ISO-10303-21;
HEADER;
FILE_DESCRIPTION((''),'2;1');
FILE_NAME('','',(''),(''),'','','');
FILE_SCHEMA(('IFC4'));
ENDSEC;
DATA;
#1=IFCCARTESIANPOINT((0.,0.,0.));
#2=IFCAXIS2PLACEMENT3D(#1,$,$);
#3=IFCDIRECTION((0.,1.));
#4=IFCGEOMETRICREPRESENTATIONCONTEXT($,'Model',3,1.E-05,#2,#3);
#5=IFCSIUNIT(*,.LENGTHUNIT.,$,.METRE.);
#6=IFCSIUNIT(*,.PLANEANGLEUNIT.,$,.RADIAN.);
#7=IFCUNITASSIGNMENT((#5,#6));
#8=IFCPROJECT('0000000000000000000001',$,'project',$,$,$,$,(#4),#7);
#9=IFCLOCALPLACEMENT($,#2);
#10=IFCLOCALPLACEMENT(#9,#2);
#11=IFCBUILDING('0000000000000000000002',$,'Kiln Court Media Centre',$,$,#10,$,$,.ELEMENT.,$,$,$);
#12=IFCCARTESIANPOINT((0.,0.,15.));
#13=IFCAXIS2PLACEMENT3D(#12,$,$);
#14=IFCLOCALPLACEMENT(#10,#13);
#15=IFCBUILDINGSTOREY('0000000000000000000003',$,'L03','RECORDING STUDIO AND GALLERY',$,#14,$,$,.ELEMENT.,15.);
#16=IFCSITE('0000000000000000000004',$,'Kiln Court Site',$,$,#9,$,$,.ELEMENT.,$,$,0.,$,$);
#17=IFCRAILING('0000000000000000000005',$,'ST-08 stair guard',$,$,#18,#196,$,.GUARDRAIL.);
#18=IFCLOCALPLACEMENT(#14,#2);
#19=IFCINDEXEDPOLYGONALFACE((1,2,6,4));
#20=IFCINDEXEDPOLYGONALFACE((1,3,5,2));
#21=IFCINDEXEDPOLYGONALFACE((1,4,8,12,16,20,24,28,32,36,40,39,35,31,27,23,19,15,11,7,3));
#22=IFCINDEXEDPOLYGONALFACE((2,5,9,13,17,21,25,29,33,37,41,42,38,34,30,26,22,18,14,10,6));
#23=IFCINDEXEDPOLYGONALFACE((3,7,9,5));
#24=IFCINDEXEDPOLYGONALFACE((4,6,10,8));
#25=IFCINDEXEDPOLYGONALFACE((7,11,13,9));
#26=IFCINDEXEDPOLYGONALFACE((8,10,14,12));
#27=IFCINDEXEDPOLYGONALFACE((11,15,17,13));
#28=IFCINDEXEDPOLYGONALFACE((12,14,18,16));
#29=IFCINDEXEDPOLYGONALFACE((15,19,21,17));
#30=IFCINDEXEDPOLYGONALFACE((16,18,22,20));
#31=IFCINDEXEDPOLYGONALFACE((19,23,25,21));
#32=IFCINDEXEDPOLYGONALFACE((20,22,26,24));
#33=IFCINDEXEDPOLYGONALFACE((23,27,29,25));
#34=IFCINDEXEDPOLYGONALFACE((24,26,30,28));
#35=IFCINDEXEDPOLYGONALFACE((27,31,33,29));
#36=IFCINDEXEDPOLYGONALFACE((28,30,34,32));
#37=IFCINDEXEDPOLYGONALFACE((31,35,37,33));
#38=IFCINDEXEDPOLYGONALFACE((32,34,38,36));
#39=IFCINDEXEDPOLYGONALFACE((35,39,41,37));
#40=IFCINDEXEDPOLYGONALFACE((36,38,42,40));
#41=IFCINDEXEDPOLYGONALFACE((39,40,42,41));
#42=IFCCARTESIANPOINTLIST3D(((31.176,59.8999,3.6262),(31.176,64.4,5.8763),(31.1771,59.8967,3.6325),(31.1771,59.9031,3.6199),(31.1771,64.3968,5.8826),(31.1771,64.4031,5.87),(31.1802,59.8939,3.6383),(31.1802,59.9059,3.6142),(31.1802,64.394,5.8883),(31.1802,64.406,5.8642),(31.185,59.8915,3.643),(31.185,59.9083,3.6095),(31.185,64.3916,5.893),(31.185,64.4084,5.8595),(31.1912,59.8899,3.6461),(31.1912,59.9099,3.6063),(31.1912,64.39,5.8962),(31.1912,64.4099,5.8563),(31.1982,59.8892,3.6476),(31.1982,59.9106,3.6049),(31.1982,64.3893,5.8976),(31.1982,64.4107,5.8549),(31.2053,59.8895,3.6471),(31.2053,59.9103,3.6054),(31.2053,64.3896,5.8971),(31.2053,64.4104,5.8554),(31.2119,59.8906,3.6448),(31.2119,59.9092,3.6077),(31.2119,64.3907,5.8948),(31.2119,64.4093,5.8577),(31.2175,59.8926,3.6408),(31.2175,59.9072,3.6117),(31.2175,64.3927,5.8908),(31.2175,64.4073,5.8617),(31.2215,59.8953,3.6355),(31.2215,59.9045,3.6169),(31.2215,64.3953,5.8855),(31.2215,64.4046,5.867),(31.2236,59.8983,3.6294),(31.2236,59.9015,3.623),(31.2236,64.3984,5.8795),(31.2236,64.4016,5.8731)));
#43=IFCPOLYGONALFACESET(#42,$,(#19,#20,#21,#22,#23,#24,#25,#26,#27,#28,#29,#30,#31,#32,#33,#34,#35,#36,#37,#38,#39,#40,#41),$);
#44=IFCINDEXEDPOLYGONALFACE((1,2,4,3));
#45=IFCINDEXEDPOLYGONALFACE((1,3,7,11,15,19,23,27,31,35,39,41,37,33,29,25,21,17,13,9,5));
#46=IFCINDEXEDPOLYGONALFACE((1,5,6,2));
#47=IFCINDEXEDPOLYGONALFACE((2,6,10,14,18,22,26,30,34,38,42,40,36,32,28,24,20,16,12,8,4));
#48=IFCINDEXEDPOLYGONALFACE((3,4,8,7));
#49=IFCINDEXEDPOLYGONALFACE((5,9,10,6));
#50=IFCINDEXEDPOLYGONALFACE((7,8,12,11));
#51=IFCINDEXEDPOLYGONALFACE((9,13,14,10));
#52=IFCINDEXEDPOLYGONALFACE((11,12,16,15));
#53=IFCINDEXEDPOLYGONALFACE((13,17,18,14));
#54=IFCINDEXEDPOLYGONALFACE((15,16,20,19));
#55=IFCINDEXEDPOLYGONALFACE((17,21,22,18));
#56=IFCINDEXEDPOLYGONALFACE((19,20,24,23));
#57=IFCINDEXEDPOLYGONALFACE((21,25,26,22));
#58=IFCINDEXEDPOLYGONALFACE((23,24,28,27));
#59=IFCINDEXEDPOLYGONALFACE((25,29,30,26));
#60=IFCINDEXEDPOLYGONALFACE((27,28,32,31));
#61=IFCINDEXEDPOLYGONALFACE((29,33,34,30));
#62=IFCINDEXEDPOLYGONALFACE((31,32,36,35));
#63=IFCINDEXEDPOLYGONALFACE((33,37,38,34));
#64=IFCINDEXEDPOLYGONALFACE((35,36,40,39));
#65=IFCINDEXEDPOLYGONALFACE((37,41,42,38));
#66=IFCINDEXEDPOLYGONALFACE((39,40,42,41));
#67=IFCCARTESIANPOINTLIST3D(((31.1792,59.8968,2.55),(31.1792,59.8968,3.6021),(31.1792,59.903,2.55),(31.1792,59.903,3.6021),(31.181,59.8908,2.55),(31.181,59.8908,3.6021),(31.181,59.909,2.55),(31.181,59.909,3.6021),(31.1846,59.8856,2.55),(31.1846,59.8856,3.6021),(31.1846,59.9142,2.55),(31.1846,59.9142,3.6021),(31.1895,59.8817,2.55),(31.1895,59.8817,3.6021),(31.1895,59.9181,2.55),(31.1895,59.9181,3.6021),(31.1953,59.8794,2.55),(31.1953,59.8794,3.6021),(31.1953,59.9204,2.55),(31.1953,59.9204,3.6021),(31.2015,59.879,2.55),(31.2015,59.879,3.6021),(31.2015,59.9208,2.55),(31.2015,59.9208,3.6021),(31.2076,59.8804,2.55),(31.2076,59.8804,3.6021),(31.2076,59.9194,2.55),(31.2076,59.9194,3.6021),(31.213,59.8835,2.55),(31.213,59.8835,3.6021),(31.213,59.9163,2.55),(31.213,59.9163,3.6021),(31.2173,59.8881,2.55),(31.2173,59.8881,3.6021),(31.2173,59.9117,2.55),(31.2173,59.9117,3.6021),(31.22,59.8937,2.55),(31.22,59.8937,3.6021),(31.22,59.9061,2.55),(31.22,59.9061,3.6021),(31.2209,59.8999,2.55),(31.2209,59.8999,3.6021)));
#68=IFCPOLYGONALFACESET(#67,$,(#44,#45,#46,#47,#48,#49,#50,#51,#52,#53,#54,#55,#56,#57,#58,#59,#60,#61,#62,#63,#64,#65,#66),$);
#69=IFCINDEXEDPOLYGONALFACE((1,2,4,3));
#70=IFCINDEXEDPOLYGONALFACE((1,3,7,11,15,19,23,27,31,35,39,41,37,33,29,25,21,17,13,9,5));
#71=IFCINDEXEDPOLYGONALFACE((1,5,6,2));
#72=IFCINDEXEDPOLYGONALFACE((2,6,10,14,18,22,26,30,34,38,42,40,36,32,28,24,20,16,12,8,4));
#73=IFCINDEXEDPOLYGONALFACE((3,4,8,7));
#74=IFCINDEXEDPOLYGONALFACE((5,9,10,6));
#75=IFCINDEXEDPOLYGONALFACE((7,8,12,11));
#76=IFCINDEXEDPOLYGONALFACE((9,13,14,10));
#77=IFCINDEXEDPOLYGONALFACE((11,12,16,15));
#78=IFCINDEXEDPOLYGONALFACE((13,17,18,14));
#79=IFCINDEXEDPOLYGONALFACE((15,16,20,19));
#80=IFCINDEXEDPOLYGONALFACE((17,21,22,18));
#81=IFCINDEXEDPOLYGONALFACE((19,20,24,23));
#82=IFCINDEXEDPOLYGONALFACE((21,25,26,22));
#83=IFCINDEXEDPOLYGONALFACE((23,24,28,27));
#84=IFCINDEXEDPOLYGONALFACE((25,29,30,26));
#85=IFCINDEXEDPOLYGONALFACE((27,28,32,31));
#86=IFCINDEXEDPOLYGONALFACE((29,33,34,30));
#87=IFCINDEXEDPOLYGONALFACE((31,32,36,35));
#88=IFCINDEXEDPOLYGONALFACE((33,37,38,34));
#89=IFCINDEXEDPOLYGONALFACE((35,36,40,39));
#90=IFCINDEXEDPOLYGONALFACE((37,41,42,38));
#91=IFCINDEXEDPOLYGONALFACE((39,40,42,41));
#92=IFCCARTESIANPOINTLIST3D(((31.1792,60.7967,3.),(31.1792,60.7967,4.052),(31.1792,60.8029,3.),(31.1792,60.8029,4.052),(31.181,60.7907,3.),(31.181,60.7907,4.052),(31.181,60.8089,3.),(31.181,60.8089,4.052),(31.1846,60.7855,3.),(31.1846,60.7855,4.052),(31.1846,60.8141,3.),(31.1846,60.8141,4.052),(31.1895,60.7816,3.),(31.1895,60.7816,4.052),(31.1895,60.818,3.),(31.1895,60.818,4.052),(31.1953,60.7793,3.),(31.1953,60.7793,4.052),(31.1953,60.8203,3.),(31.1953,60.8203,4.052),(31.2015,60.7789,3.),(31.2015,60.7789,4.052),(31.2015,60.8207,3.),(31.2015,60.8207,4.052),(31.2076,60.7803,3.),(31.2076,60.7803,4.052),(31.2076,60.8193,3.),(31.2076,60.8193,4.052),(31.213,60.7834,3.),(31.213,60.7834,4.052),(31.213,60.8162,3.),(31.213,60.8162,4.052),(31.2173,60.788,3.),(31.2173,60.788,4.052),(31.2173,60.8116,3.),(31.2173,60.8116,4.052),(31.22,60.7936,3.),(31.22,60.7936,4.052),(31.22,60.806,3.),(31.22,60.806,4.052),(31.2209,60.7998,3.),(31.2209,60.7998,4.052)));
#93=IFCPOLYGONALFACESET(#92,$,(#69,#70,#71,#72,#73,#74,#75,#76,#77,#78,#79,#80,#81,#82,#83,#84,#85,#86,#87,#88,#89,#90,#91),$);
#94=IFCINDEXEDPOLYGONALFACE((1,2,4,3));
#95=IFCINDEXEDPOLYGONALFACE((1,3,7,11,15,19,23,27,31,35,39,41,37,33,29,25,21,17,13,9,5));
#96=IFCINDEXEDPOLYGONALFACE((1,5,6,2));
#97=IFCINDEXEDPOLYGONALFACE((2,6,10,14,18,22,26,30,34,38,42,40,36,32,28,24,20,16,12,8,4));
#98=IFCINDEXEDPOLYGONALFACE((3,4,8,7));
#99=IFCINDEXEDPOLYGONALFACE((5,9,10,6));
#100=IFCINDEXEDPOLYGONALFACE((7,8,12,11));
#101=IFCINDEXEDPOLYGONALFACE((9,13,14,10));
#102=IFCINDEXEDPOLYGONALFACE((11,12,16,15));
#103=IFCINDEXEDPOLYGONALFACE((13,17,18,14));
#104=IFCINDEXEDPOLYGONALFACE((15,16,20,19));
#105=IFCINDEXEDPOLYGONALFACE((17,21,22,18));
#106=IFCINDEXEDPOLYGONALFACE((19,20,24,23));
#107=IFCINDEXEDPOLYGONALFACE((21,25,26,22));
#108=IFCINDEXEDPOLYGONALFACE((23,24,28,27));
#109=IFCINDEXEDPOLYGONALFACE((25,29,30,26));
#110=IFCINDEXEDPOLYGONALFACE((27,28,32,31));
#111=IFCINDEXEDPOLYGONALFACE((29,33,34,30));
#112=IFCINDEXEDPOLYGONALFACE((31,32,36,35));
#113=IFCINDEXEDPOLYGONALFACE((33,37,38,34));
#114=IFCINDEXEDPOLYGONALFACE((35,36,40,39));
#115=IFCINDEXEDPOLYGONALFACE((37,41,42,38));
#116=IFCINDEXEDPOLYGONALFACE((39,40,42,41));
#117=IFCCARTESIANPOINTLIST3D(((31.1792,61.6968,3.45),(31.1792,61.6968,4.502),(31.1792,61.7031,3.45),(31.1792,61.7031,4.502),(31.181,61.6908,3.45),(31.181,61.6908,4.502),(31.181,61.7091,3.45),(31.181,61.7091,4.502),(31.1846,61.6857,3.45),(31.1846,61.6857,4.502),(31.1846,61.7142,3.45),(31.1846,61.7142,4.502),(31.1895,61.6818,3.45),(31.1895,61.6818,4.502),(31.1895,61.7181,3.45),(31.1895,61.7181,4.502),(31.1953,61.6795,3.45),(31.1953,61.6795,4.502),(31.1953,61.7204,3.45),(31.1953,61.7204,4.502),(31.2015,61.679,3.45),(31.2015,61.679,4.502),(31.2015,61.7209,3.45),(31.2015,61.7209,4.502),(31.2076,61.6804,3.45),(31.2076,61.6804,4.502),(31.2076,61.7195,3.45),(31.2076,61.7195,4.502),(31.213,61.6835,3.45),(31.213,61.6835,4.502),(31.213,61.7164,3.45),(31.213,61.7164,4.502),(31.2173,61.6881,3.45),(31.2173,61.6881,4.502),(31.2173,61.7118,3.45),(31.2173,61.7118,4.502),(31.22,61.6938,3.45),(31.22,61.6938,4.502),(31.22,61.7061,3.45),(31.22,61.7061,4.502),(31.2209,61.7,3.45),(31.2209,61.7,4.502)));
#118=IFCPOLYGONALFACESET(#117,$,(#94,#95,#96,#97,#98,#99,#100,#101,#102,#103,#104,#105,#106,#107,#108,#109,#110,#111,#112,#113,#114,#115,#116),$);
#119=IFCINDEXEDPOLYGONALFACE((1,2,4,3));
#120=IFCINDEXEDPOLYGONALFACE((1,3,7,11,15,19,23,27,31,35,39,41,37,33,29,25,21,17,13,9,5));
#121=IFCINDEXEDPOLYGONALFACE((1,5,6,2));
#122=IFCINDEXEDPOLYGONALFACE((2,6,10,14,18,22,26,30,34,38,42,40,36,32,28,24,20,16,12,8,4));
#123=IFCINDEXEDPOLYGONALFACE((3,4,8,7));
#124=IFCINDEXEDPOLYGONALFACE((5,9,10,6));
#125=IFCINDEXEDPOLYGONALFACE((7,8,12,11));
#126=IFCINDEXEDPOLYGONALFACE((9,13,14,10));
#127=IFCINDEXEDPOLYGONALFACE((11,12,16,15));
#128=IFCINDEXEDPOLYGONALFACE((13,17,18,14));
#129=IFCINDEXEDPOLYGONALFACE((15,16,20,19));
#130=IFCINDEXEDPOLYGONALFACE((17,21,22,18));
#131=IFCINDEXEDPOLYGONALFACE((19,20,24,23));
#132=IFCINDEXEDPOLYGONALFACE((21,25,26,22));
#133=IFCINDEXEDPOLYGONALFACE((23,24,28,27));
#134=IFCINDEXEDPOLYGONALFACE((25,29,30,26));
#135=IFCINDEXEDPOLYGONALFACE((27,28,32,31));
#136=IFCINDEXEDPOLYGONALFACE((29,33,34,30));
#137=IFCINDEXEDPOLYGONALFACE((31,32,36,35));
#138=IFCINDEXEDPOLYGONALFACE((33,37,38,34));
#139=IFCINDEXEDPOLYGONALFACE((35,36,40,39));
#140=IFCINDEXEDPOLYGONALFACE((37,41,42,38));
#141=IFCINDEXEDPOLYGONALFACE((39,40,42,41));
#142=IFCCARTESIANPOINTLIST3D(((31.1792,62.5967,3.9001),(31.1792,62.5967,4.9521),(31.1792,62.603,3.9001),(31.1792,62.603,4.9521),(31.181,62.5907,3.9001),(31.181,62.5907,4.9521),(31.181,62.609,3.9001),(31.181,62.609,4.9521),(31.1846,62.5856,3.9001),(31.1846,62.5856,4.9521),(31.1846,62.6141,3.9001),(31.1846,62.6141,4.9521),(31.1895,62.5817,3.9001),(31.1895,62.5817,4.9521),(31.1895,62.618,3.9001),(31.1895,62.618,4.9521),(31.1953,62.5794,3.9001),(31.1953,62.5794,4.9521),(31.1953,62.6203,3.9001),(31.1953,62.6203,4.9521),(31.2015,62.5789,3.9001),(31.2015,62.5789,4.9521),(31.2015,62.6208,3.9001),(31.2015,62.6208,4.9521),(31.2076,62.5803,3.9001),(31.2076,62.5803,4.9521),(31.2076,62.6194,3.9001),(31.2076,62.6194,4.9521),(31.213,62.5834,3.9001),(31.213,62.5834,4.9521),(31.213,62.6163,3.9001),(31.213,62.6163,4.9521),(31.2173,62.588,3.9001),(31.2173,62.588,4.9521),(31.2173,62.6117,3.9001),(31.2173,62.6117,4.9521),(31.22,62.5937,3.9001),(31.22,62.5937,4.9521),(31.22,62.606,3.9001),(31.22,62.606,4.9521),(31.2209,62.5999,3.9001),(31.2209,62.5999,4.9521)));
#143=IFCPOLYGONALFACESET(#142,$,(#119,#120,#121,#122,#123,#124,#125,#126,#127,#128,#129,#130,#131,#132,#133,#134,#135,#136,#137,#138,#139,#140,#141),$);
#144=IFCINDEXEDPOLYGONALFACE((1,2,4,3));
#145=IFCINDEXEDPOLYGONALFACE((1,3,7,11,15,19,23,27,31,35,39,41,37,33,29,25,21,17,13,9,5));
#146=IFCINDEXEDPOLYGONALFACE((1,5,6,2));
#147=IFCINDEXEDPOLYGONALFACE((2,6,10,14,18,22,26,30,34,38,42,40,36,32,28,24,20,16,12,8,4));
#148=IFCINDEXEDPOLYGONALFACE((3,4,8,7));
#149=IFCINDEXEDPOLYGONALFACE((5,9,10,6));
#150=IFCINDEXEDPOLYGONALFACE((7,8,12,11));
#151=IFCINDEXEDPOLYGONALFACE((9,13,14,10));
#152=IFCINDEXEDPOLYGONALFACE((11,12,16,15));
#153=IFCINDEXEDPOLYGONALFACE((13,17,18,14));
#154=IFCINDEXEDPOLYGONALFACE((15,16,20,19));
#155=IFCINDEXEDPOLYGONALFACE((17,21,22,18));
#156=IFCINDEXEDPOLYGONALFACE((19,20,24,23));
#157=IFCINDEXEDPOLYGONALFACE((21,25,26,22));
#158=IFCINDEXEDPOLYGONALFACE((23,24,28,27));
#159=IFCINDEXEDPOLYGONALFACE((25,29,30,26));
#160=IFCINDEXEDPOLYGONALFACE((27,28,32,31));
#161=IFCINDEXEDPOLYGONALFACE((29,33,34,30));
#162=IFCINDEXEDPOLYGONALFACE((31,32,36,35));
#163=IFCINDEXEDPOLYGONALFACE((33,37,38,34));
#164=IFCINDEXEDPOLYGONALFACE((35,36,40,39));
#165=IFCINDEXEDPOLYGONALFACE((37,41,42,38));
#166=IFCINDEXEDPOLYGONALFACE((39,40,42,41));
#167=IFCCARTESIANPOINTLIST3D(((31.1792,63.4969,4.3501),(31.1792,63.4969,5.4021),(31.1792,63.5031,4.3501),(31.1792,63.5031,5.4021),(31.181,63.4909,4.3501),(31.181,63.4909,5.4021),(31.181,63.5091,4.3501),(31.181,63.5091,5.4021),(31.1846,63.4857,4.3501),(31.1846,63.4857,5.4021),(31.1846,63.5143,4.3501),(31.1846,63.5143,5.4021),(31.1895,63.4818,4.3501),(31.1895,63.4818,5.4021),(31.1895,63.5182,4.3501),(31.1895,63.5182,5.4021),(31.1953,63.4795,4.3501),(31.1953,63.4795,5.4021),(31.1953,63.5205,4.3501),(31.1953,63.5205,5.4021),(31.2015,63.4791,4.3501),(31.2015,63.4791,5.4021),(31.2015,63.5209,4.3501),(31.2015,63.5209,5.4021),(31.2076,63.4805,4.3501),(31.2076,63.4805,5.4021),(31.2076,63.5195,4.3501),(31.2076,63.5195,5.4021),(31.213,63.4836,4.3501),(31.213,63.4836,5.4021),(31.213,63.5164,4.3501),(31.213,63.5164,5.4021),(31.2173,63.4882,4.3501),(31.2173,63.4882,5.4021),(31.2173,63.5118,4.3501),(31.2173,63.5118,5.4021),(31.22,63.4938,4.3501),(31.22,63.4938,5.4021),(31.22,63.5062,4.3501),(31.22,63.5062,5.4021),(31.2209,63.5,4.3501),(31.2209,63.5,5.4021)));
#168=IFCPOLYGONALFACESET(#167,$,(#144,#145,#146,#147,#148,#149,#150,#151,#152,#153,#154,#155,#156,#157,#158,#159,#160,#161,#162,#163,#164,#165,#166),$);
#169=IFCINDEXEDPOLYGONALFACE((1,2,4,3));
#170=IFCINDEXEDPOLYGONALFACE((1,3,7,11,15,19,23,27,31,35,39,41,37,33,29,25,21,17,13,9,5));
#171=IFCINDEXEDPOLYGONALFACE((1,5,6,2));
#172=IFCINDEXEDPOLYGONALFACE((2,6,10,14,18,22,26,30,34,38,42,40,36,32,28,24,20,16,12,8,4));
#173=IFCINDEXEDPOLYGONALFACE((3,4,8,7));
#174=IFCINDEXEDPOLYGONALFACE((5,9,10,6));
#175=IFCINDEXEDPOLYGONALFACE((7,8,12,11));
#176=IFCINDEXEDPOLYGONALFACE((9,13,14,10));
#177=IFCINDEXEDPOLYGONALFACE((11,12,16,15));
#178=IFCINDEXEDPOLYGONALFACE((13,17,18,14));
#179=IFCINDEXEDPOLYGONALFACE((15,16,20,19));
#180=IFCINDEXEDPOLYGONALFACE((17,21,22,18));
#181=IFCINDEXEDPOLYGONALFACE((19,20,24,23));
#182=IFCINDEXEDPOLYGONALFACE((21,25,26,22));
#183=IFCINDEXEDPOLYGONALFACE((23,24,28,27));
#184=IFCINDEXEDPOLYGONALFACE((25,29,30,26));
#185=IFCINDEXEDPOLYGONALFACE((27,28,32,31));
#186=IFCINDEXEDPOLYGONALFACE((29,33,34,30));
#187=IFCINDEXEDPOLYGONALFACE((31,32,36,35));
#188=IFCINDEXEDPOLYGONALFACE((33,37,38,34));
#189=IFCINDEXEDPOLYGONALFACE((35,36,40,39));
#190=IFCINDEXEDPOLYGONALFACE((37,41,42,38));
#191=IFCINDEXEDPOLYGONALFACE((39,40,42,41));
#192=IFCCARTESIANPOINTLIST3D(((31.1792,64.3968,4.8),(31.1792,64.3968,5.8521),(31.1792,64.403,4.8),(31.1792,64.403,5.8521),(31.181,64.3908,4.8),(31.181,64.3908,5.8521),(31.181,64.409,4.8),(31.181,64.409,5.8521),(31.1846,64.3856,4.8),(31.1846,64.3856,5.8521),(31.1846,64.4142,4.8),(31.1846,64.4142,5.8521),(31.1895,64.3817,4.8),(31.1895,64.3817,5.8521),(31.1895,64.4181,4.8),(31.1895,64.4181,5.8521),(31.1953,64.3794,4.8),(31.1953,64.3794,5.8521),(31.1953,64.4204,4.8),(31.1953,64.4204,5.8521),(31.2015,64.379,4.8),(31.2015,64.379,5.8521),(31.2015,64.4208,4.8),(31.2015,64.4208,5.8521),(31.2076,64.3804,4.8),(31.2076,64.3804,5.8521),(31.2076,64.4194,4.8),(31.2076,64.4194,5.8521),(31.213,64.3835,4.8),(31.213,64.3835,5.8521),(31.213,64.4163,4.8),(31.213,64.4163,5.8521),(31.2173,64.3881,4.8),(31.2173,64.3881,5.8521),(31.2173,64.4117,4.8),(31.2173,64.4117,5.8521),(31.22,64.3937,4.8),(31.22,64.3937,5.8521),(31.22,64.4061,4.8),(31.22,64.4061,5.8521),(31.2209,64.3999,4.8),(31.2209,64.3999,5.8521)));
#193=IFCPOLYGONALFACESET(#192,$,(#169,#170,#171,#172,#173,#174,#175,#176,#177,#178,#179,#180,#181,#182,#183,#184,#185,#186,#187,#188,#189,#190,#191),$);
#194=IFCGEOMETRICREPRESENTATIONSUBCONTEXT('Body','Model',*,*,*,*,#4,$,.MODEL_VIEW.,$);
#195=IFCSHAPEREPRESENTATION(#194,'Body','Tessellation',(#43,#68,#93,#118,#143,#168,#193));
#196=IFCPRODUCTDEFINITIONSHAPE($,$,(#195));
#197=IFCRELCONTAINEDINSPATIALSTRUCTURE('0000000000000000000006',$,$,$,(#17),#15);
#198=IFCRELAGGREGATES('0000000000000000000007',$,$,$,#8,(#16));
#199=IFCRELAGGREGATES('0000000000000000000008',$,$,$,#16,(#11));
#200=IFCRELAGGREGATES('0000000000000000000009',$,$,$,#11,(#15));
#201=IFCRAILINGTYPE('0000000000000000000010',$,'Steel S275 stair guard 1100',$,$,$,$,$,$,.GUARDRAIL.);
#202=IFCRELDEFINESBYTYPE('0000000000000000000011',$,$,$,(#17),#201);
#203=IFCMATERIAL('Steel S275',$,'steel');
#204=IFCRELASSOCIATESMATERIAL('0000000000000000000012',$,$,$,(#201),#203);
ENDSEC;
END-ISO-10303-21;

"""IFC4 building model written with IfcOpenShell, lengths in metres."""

from ifc_helpers import new_model, si_unit, direction, frame, origin, origin_2d, place, context, subcontext, project, spatial, circle, extrude, material, type_object, element, save


model = new_model("IFC4")

# Units and contexts
model_context = context("Model", 3, precision=1e-05, world=origin(), true_north=direction((0.0, 1.0)))
body_context = subcontext(model_context, "Body", "Model", "MODEL_VIEW")
ifc_project = project(units=[si_unit("LENGTHUNIT", "METRE"), si_unit("PLANEANGLEUNIT", "RADIAN")], contexts=[model_context])

# Site, building, storey
site_placement = place(None, origin())
site = spatial("IfcSite", under=ifc_project, at=site_placement, Name="Kiln Court Site", CompositionType="ELEMENT", RefElevation=0.0)
building_placement = place(site_placement, origin())
building = spatial("IfcBuilding", under=site, at=building_placement, Name="Kiln Court Media Centre", CompositionType="ELEMENT")
storey_placement = place(building_placement, frame((0.0, 0.0, 15.0)))
storey = spatial("IfcBuildingStorey", under=building, at=storey_placement, Name="L03", Description="RECORDING STUDIO AND GALLERY", CompositionType="ELEMENT", Elevation=15.0)

# Railing
ifc_material_1 = material(Name="Steel S275", Category="steel")
railing_type_1 = type_object("IfcRailingType", Name="Steel S275 stair guard 1100", PredefinedType="GUARDRAIL", material=ifc_material_1)
railing_1_placement = place(storey_placement, frame((31.2, 59.8999, 2.55)))
element("IfcRailing", 1, at=railing_1_placement, inside=storey, type_object=railing_type_1, Name="ST-08 stair guard", PredefinedType="GUARDRAIL", context=body_context, shape_type="SweptSolid", body=[
    extrude(circle(Radius=0.0239, at=origin_2d()), frame((0.0, 0.0, 1.0762), z_axis=(0.0, 0.894427, 0.447214), x_axis=(-1.0, 0.0, 0.0)), (0.0, 0.0, 1.0), 5.0312),
    extrude(circle(Radius=0.021, at=origin_2d()), origin(), (0.0, 0.0, 1.0), 1.052),
    extrude(circle(Radius=0.021, at=origin_2d()), frame((0.0, 0.8999, 0.45)), (0.0, 0.0, 1.0), 1.052),
    extrude(circle(Radius=0.021, at=origin_2d()), frame((0.0, 1.8, 0.8999)), (0.0, 0.0, 1.0), 1.052),
    extrude(circle(Radius=0.021, at=origin_2d()), frame((0.0, 2.7, 1.3501)), (0.0, 0.0, 1.0), 1.052),
    extrude(circle(Radius=0.021, at=origin_2d()), frame((0.0, 3.6001, 1.8)), (0.0, 0.0, 1.0), 1.052),
    extrude(circle(Radius=0.021, at=origin_2d()), frame((0.0, 4.5, 2.25)), (0.0, 0.0, 1.0), 1.052),
])

save(model, "model.ifc")
